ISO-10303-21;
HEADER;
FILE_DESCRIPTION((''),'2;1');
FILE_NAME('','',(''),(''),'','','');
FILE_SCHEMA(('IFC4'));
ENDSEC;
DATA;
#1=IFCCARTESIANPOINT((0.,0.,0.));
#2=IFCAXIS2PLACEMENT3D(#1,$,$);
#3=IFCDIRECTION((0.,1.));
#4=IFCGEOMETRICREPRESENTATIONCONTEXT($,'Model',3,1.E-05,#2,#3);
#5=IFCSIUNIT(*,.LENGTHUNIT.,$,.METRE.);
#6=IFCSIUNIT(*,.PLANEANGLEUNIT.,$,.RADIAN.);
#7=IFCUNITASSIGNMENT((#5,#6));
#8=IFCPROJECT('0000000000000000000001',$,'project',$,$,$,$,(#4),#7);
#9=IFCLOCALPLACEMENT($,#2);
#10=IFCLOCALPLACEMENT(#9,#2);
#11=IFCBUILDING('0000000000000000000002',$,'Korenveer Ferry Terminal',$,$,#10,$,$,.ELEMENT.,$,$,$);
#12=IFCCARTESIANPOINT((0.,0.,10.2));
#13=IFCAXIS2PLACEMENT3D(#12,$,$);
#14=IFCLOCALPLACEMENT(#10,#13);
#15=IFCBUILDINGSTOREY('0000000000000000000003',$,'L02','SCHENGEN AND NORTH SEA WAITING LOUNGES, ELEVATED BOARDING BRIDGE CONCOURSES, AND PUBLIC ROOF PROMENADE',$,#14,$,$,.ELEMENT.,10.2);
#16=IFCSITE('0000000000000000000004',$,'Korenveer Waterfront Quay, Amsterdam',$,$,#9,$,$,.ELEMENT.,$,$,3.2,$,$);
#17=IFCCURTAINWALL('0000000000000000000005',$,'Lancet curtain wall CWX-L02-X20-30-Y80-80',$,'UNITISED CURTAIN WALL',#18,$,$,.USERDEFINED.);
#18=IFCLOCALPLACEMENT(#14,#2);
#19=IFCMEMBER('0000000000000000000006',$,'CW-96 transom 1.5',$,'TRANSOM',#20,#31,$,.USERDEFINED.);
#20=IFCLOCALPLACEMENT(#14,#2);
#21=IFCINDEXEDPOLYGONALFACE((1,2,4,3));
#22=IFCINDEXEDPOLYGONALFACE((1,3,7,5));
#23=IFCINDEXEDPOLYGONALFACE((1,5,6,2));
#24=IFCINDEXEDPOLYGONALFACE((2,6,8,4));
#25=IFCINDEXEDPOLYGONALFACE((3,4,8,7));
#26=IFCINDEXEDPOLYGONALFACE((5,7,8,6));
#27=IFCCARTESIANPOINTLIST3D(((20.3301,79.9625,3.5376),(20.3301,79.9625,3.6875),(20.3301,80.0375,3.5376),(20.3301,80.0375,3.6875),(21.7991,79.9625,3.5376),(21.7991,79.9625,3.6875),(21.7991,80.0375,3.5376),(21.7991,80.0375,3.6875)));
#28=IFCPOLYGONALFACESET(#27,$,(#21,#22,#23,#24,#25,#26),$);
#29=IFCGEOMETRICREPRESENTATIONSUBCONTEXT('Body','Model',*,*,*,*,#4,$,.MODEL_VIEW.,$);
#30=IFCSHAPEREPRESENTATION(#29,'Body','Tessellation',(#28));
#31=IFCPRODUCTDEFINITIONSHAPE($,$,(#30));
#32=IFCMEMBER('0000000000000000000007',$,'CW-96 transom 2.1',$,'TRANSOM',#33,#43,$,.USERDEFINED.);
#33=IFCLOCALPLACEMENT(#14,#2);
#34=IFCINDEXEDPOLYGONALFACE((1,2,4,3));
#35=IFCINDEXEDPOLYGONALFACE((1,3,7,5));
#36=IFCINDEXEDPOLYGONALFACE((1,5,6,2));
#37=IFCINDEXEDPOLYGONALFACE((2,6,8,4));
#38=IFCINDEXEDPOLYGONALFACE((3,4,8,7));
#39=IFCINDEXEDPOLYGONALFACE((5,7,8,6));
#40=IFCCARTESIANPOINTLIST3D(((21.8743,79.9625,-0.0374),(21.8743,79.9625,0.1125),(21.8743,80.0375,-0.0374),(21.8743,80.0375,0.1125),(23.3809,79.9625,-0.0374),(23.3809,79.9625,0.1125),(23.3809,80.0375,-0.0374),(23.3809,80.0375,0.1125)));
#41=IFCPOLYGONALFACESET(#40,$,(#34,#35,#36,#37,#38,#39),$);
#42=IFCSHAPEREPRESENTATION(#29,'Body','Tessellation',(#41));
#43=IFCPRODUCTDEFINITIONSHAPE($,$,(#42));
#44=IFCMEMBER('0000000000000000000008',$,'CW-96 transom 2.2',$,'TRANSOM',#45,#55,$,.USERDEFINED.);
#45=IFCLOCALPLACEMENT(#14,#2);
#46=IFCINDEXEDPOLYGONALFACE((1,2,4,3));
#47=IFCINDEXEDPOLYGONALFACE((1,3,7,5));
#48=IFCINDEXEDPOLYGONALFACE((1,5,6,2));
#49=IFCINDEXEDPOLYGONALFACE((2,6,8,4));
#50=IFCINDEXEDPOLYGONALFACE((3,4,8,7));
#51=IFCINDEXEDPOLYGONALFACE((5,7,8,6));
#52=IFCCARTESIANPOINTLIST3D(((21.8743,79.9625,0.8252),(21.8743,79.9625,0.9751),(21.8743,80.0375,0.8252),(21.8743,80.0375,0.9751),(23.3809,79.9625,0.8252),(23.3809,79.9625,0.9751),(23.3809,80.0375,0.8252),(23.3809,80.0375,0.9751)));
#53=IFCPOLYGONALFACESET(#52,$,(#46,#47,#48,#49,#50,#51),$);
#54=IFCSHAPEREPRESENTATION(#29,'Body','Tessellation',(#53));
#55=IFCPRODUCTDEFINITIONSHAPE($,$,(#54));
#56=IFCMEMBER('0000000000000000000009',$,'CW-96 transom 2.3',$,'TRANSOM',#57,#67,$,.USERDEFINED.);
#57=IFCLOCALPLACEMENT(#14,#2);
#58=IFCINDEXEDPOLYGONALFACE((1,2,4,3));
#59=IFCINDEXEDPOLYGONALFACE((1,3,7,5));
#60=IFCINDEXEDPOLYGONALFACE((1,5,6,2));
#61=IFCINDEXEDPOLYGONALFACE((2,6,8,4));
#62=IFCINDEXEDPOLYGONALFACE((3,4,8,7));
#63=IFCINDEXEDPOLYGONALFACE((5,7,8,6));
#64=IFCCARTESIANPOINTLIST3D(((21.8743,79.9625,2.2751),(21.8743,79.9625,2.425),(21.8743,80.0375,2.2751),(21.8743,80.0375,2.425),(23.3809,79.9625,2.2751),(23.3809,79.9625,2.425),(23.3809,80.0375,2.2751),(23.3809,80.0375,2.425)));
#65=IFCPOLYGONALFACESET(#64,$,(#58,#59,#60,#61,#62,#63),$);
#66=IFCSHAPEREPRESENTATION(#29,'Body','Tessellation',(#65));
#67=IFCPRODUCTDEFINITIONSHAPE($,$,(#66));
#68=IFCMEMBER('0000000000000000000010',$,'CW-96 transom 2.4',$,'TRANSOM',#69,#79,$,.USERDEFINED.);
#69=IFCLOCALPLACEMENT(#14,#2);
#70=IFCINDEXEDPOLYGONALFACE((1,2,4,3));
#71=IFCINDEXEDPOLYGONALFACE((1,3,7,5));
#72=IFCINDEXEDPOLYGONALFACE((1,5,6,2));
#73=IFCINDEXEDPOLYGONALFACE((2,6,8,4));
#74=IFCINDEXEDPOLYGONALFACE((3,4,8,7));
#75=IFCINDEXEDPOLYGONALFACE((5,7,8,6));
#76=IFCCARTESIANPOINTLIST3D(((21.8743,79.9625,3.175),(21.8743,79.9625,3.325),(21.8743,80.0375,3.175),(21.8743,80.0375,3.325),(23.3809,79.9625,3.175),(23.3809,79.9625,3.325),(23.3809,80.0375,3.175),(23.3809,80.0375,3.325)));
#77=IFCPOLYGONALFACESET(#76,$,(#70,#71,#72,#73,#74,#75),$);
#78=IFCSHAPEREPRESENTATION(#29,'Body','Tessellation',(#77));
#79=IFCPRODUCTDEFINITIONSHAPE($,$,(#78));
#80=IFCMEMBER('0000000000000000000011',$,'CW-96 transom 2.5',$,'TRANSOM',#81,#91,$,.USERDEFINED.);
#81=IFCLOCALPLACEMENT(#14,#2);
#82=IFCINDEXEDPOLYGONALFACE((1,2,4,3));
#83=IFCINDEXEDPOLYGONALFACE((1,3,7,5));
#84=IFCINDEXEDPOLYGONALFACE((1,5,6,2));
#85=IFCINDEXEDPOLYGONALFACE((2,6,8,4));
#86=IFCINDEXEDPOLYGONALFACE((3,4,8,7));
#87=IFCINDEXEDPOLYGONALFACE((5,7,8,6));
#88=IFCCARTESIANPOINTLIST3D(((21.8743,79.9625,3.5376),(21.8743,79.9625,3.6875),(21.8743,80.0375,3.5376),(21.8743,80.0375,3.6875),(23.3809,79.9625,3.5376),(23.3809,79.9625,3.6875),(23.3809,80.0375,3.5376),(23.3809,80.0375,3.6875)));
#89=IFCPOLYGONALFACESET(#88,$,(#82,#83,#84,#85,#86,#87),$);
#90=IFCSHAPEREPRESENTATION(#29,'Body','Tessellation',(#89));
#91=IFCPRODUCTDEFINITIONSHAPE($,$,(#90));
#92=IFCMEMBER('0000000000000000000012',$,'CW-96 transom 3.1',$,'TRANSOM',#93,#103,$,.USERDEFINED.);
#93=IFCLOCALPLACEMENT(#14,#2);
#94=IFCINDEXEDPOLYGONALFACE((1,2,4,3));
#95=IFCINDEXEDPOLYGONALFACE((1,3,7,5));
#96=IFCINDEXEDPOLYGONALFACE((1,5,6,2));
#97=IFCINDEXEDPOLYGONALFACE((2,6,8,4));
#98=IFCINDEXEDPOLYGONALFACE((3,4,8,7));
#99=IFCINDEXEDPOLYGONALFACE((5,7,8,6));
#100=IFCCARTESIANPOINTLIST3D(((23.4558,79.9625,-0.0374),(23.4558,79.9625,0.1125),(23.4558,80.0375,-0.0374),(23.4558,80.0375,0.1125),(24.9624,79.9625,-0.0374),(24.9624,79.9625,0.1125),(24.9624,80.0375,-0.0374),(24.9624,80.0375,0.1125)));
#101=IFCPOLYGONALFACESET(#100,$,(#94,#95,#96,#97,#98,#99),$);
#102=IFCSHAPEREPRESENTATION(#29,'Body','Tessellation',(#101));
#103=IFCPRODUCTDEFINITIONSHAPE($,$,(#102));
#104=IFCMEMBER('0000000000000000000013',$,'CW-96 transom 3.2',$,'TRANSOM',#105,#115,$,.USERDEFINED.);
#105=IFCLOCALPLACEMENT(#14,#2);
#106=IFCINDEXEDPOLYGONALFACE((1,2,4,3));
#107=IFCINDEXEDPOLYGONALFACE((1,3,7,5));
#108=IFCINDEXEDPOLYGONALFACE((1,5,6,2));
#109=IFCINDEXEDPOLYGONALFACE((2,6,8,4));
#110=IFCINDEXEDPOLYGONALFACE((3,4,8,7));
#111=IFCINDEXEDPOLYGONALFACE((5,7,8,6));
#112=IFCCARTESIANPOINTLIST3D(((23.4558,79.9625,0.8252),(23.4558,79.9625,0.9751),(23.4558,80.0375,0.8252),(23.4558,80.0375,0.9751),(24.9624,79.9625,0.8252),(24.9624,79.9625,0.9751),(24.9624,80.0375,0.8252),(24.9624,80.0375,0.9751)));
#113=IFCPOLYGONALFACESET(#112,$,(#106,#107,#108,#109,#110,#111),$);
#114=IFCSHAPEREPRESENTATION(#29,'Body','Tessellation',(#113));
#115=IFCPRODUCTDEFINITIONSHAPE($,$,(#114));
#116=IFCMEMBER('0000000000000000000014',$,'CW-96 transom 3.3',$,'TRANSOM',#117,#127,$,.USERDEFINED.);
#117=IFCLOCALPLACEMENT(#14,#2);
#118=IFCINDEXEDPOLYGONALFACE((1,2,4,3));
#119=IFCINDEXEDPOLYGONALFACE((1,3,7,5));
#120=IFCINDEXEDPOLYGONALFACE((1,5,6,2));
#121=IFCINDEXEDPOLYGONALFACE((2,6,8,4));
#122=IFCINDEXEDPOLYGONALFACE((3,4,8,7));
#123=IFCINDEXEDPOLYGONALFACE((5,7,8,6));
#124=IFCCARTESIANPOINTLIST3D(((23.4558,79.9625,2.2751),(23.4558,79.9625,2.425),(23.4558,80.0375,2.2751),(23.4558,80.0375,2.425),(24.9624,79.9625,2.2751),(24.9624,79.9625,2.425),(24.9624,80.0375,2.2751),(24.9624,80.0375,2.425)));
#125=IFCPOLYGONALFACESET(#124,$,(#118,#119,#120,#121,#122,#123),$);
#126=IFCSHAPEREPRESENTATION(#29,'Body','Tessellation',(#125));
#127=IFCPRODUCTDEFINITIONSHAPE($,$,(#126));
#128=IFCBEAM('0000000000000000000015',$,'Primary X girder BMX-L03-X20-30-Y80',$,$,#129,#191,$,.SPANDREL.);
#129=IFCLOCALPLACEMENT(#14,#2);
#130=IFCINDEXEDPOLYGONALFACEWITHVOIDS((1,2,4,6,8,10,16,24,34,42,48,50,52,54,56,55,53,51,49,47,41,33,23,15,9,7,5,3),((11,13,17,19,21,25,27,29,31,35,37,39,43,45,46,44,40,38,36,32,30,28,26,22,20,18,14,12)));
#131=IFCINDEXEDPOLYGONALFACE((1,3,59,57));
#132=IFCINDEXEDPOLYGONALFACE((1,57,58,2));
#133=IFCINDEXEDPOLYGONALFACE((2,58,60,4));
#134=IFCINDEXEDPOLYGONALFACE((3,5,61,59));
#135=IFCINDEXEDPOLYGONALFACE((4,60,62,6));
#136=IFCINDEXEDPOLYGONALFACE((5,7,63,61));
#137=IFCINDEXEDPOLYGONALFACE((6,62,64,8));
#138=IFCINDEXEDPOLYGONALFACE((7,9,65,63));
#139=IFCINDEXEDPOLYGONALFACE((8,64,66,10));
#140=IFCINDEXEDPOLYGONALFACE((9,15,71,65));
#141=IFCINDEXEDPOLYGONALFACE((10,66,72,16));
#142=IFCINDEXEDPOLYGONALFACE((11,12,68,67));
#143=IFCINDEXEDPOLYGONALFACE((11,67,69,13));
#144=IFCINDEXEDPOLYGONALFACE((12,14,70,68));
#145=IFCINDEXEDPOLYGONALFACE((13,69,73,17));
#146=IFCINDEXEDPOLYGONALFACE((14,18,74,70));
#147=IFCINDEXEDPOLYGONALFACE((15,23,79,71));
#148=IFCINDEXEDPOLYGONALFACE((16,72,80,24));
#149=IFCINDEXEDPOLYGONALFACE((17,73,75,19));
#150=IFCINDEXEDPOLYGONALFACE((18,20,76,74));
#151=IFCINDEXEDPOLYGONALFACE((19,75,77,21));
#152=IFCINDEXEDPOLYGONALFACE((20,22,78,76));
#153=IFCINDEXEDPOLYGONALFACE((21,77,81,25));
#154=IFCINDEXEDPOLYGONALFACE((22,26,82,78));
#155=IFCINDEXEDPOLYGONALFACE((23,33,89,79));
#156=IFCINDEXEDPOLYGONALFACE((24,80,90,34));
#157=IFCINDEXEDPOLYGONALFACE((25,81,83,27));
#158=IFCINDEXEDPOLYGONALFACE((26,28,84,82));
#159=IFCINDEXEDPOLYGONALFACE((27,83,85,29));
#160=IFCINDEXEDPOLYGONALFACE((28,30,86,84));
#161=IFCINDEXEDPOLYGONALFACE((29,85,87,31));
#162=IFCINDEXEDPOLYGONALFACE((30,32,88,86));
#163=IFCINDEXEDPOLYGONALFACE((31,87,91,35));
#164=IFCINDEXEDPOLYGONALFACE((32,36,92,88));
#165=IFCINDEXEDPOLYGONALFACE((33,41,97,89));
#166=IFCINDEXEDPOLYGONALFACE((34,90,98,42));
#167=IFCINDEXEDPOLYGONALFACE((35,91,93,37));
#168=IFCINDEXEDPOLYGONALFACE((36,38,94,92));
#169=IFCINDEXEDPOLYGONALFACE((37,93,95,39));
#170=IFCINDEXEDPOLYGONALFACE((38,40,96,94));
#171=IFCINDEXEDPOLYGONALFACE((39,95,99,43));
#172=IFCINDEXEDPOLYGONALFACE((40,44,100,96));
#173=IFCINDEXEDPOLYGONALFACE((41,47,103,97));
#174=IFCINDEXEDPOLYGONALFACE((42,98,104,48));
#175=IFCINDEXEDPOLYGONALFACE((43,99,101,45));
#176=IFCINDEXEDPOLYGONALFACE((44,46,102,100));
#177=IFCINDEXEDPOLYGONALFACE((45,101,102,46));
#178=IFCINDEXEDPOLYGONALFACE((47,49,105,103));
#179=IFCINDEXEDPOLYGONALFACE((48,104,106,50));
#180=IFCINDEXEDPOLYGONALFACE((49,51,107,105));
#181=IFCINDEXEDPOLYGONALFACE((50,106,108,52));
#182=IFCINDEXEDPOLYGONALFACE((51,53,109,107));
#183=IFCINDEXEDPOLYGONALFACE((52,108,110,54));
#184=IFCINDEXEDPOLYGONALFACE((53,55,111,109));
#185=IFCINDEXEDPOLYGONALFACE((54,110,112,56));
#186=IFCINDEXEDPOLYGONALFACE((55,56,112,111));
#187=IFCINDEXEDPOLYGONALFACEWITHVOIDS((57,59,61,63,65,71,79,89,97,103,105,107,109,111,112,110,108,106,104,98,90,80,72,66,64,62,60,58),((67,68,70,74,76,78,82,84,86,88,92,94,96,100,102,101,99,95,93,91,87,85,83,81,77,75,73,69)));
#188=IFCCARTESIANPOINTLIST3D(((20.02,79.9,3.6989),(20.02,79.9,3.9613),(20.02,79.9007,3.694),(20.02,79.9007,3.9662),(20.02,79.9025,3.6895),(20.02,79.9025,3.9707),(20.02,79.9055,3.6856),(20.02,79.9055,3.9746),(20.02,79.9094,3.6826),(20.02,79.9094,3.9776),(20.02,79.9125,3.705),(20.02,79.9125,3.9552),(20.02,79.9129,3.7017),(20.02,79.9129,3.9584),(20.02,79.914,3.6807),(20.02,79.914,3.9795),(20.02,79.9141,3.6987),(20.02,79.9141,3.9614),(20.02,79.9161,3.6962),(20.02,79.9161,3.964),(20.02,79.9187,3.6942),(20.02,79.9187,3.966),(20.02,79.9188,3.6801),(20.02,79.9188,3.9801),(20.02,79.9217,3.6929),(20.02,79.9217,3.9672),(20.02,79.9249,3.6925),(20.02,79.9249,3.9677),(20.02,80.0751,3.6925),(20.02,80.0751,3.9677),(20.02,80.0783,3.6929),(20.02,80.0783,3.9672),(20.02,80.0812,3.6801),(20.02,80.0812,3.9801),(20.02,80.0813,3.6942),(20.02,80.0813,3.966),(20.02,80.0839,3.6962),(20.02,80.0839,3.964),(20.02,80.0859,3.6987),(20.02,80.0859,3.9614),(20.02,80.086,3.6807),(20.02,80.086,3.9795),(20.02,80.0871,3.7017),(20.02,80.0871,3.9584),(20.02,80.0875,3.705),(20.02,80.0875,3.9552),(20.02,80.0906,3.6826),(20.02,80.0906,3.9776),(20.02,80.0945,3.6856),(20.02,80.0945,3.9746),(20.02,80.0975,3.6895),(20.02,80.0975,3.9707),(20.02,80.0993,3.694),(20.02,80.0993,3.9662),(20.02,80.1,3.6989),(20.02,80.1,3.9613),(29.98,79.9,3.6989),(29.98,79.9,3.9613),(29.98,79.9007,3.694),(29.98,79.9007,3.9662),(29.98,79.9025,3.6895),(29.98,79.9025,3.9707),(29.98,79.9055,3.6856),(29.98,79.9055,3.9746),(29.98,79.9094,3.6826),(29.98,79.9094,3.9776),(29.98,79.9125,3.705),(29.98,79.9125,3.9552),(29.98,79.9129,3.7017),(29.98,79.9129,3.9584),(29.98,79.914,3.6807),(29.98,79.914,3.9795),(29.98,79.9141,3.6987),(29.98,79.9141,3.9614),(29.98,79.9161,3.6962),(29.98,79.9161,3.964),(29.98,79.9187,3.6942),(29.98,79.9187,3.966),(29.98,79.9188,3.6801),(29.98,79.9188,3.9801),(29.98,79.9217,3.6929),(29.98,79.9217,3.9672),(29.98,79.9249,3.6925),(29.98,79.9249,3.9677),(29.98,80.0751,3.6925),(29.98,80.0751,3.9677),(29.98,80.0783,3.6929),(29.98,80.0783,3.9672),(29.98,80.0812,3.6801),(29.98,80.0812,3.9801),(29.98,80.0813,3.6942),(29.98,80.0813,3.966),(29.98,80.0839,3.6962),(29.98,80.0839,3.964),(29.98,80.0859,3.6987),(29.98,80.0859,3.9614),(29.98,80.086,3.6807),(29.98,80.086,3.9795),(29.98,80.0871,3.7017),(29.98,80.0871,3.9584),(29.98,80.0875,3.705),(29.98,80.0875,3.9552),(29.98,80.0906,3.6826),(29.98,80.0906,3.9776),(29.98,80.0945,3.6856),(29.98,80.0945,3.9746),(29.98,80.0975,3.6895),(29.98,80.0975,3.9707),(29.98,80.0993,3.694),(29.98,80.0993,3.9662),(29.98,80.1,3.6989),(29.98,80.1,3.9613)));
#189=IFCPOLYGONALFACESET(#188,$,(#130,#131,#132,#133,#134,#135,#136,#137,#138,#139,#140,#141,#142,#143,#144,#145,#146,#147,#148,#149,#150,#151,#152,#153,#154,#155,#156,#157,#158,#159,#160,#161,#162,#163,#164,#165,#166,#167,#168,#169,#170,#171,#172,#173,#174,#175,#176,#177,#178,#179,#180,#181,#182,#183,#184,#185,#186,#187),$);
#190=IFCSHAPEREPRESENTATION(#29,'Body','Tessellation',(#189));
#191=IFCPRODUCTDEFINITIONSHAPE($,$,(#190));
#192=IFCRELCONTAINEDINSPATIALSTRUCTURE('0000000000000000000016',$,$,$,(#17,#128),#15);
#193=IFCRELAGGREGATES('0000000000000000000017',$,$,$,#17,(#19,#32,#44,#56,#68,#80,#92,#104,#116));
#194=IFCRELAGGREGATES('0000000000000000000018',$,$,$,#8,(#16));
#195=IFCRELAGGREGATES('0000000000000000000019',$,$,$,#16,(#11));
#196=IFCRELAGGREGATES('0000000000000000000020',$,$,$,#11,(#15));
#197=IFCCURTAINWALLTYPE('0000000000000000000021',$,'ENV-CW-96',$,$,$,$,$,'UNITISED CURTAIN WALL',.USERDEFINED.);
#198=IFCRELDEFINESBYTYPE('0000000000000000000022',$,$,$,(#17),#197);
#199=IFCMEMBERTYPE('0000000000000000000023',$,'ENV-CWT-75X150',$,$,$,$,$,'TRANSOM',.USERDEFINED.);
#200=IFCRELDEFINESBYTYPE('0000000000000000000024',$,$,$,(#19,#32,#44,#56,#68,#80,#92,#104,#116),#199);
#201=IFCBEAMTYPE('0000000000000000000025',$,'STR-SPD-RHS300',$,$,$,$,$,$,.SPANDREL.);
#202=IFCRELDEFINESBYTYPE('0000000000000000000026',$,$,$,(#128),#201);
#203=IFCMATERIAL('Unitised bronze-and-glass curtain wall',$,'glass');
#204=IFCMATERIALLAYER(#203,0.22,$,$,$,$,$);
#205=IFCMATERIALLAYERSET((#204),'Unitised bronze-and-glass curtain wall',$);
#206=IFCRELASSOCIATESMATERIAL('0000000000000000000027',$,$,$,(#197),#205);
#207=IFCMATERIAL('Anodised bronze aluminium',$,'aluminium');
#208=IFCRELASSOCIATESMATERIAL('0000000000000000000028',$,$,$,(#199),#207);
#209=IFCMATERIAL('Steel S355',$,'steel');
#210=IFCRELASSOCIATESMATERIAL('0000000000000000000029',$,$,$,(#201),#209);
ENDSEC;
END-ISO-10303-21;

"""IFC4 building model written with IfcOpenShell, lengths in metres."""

from ifc_helpers import new_model, si_unit, direction, frame, origin, origin_2d, place, context, subcontext, project, spatial, rectangle, hollow_rectangle, extrude, material, layer, layer_set, material_profile, profile_set, type_object, element, aggregate, save


model = new_model("IFC4")

# Units and contexts
model_context = context("Model", 3, precision=1e-05, world=origin(), true_north=direction((0.0, 1.0)))
body_context = subcontext(model_context, "Body", "Model", "MODEL_VIEW")
ifc_project = project(units=[si_unit("LENGTHUNIT", "METRE"), si_unit("PLANEANGLEUNIT", "RADIAN")], contexts=[model_context])

# Site, building, storey
site_placement = place(None, origin())
site = spatial("IfcSite", under=ifc_project, at=site_placement, Name="Korenveer Waterfront Quay, Amsterdam", CompositionType="ELEMENT", RefElevation=3.2)
building_placement = place(site_placement, origin())
building = spatial("IfcBuilding", under=site, at=building_placement, Name="Korenveer Ferry Terminal", CompositionType="ELEMENT")
storey_placement = place(building_placement, frame((0.0, 0.0, 10.2)))
storey = spatial("IfcBuildingStorey", under=building, at=storey_placement, Name="L02", Description="SCHENGEN AND NORTH SEA WAITING LOUNGES, ELEVATED BOARDING BRIDGE CONCOURSES, AND PUBLIC ROOF PROMENADE", CompositionType="ELEMENT", Elevation=10.2)

# Curtain wall
ifc_material_1 = material(Name="Unitised bronze-and-glass curtain wall", Category="glass")
ifc_material_2 = material(Name="Anodised bronze aluminium", Category="aluminium")
ifc_layer_1 = layer(ifc_material_1, 0.22)
ifc_layer_set_1 = layer_set([ifc_layer_1], Name="Unitised bronze-and-glass curtain wall")
curtain_wall_type_1 = type_object("IfcCurtainWallType", Name="ENV-CW-96", ElementType="UNITISED CURTAIN WALL", PredefinedType="USERDEFINED", material=ifc_layer_set_1)
curtain_wall_1_placement = place(storey_placement, frame((20.2549, 80.0, 0.0)))
curtain_wall_1 = element("IfcCurtainWall", 1, at=curtain_wall_1_placement, inside=storey, type_object=curtain_wall_type_1, Name="Lancet curtain wall CWX-L02-X20-30-Y80-80", ObjectType="UNITISED CURTAIN WALL", PredefinedType="USERDEFINED")

# Members
ifc_material_profile_1 = material_profile(ifc_material_2, rectangle(XDim=0.075, YDim=0.1499, at=origin_2d()), Name="ALU 75x150")
ifc_profile_set_1 = profile_set([ifc_material_profile_1], Name="Anodised bronze aluminium")
member_type_1 = type_object("IfcMemberType", Name="ENV-CWT-75X150", ElementType="TRANSOM", PredefinedType="USERDEFINED", material=ifc_profile_set_1)
member_1_placement = place(storey_placement, frame((20.3301, 80.0, 3.6125), z_axis=(1.0, 0.0, 0.0), x_axis=(0.0, 1.0, 0.0)))
member_1 = element("IfcMember", 2, at=member_1_placement, type_object=member_type_1, Name="CW-96 transom 1.5", ObjectType="TRANSOM", PredefinedType="USERDEFINED", context=body_context, shape_type="SweptSolid", body=[
    extrude(rectangle(XDim=0.075, YDim=0.1499, at=origin_2d()), origin(), (0.0, 0.0, 1.0), 1.469),
])
member_2_placement = place(storey_placement, frame((21.8743, 80.0, 0.0376), z_axis=(1.0, 0.0, 0.0), x_axis=(0.0, 1.0, 0.0)))
member_2 = element("IfcMember", 3, at=member_2_placement, type_object=member_type_1, Name="CW-96 transom 2.1", ObjectType="TRANSOM", PredefinedType="USERDEFINED", context=body_context, shape_type="SweptSolid", body=[
    extrude(rectangle(XDim=0.075, YDim=0.1499, at=origin_2d()), origin(), (0.0, 0.0, 1.0), 1.5066),
])
member_3_placement = place(storey_placement, frame((21.8743, 80.0, 0.9001), z_axis=(1.0, 0.0, 0.0), x_axis=(0.0, 1.0, 0.0)))
member_3 = element("IfcMember", 4, at=member_3_placement, type_object=member_type_1, Name="CW-96 transom 2.2", ObjectType="TRANSOM", PredefinedType="USERDEFINED", context=body_context, shape_type="SweptSolid", body=[
    extrude(rectangle(XDim=0.075, YDim=0.1499, at=origin_2d()), origin(), (0.0, 0.0, 1.0), 1.5066),
])
member_4_placement = place(storey_placement, frame((21.8743, 80.0, 2.3501), z_axis=(1.0, 0.0, 0.0), x_axis=(0.0, 1.0, 0.0)))
member_4 = element("IfcMember", 5, at=member_4_placement, type_object=member_type_1, Name="CW-96 transom 2.3", ObjectType="TRANSOM", PredefinedType="USERDEFINED", context=body_context, shape_type="SweptSolid", body=[
    extrude(rectangle(XDim=0.075, YDim=0.1499, at=origin_2d()), origin(), (0.0, 0.0, 1.0), 1.5066),
])
member_5_placement = place(storey_placement, frame((21.8743, 80.0, 3.25), z_axis=(1.0, 0.0, 0.0), x_axis=(0.0, 1.0, 0.0)))
member_5 = element("IfcMember", 6, at=member_5_placement, type_object=member_type_1, Name="CW-96 transom 2.4", ObjectType="TRANSOM", PredefinedType="USERDEFINED", context=body_context, shape_type="SweptSolid", body=[
    extrude(rectangle(XDim=0.075, YDim=0.1499, at=origin_2d()), origin(), (0.0, 0.0, 1.0), 1.5066),
])
member_6_placement = place(storey_placement, frame((21.8743, 80.0, 3.6125), z_axis=(1.0, 0.0, 0.0), x_axis=(0.0, 1.0, 0.0)))
member_6 = element("IfcMember", 7, at=member_6_placement, type_object=member_type_1, Name="CW-96 transom 2.5", ObjectType="TRANSOM", PredefinedType="USERDEFINED", context=body_context, shape_type="SweptSolid", body=[
    extrude(rectangle(XDim=0.075, YDim=0.1499, at=origin_2d()), origin(), (0.0, 0.0, 1.0), 1.5066),
])
member_7_placement = place(storey_placement, frame((23.4558, 80.0, 0.0376), z_axis=(1.0, 0.0, 0.0), x_axis=(0.0, 1.0, 0.0)))
member_7 = element("IfcMember", 8, at=member_7_placement, type_object=member_type_1, Name="CW-96 transom 3.1", ObjectType="TRANSOM", PredefinedType="USERDEFINED", context=body_context, shape_type="SweptSolid", body=[
    extrude(rectangle(XDim=0.075, YDim=0.1499, at=origin_2d()), origin(), (0.0, 0.0, 1.0), 1.5066),
])
member_8_placement = place(storey_placement, frame((23.4558, 80.0, 0.9001), z_axis=(1.0, 0.0, 0.0), x_axis=(0.0, 1.0, 0.0)))
member_8 = element("IfcMember", 9, at=member_8_placement, type_object=member_type_1, Name="CW-96 transom 3.2", ObjectType="TRANSOM", PredefinedType="USERDEFINED", context=body_context, shape_type="SweptSolid", body=[
    extrude(rectangle(XDim=0.075, YDim=0.1499, at=origin_2d()), origin(), (0.0, 0.0, 1.0), 1.5066),
])
member_9_placement = place(storey_placement, frame((23.4558, 80.0, 2.3501), z_axis=(1.0, 0.0, 0.0), x_axis=(0.0, 1.0, 0.0)))
member_9 = element("IfcMember", 10, at=member_9_placement, type_object=member_type_1, Name="CW-96 transom 3.3", ObjectType="TRANSOM", PredefinedType="USERDEFINED", context=body_context, shape_type="SweptSolid", body=[
    extrude(rectangle(XDim=0.075, YDim=0.1499, at=origin_2d()), origin(), (0.0, 0.0, 1.0), 1.5066),
])

# Beam
ifc_material_3 = material(Name="Steel S355", Category="steel")
ifc_material_profile_2 = material_profile(ifc_material_3, hollow_rectangle(XDim=0.2, YDim=0.3, WallThickness=0.0125, InnerFilletRadius=0.0125, OuterFilletRadius=0.0188, at=origin_2d()), Name="RHS 300x200x12.5")
ifc_profile_set_2 = profile_set([ifc_material_profile_2], Name="Steel S355")
beam_type = type_object("IfcBeamType", Name="STR-SPD-RHS300", PredefinedType="SPANDREL", material=ifc_profile_set_2)
beam_placement = place(storey_placement, frame((20.02, 80.0, 3.8301), z_axis=(1.0, 0.0, 0.0), x_axis=(0.0, 1.0, 0.0)))
element("IfcBeam", 11, at=beam_placement, inside=storey, type_object=beam_type, Name="Primary X girder BMX-L03-X20-30-Y80", PredefinedType="SPANDREL", context=body_context, shape_type="SweptSolid", body=[
    extrude(hollow_rectangle(XDim=0.2, YDim=0.3, WallThickness=0.0125, InnerFilletRadius=0.0125, OuterFilletRadius=0.0188, at=origin_2d()), origin(), (0.0, 0.0, 1.0), 9.96),
])

aggregate(curtain_wall_1, [member_1, member_2, member_3, member_4, member_5, member_6, member_7, member_8, member_9])

save(model, "model.ifc")
